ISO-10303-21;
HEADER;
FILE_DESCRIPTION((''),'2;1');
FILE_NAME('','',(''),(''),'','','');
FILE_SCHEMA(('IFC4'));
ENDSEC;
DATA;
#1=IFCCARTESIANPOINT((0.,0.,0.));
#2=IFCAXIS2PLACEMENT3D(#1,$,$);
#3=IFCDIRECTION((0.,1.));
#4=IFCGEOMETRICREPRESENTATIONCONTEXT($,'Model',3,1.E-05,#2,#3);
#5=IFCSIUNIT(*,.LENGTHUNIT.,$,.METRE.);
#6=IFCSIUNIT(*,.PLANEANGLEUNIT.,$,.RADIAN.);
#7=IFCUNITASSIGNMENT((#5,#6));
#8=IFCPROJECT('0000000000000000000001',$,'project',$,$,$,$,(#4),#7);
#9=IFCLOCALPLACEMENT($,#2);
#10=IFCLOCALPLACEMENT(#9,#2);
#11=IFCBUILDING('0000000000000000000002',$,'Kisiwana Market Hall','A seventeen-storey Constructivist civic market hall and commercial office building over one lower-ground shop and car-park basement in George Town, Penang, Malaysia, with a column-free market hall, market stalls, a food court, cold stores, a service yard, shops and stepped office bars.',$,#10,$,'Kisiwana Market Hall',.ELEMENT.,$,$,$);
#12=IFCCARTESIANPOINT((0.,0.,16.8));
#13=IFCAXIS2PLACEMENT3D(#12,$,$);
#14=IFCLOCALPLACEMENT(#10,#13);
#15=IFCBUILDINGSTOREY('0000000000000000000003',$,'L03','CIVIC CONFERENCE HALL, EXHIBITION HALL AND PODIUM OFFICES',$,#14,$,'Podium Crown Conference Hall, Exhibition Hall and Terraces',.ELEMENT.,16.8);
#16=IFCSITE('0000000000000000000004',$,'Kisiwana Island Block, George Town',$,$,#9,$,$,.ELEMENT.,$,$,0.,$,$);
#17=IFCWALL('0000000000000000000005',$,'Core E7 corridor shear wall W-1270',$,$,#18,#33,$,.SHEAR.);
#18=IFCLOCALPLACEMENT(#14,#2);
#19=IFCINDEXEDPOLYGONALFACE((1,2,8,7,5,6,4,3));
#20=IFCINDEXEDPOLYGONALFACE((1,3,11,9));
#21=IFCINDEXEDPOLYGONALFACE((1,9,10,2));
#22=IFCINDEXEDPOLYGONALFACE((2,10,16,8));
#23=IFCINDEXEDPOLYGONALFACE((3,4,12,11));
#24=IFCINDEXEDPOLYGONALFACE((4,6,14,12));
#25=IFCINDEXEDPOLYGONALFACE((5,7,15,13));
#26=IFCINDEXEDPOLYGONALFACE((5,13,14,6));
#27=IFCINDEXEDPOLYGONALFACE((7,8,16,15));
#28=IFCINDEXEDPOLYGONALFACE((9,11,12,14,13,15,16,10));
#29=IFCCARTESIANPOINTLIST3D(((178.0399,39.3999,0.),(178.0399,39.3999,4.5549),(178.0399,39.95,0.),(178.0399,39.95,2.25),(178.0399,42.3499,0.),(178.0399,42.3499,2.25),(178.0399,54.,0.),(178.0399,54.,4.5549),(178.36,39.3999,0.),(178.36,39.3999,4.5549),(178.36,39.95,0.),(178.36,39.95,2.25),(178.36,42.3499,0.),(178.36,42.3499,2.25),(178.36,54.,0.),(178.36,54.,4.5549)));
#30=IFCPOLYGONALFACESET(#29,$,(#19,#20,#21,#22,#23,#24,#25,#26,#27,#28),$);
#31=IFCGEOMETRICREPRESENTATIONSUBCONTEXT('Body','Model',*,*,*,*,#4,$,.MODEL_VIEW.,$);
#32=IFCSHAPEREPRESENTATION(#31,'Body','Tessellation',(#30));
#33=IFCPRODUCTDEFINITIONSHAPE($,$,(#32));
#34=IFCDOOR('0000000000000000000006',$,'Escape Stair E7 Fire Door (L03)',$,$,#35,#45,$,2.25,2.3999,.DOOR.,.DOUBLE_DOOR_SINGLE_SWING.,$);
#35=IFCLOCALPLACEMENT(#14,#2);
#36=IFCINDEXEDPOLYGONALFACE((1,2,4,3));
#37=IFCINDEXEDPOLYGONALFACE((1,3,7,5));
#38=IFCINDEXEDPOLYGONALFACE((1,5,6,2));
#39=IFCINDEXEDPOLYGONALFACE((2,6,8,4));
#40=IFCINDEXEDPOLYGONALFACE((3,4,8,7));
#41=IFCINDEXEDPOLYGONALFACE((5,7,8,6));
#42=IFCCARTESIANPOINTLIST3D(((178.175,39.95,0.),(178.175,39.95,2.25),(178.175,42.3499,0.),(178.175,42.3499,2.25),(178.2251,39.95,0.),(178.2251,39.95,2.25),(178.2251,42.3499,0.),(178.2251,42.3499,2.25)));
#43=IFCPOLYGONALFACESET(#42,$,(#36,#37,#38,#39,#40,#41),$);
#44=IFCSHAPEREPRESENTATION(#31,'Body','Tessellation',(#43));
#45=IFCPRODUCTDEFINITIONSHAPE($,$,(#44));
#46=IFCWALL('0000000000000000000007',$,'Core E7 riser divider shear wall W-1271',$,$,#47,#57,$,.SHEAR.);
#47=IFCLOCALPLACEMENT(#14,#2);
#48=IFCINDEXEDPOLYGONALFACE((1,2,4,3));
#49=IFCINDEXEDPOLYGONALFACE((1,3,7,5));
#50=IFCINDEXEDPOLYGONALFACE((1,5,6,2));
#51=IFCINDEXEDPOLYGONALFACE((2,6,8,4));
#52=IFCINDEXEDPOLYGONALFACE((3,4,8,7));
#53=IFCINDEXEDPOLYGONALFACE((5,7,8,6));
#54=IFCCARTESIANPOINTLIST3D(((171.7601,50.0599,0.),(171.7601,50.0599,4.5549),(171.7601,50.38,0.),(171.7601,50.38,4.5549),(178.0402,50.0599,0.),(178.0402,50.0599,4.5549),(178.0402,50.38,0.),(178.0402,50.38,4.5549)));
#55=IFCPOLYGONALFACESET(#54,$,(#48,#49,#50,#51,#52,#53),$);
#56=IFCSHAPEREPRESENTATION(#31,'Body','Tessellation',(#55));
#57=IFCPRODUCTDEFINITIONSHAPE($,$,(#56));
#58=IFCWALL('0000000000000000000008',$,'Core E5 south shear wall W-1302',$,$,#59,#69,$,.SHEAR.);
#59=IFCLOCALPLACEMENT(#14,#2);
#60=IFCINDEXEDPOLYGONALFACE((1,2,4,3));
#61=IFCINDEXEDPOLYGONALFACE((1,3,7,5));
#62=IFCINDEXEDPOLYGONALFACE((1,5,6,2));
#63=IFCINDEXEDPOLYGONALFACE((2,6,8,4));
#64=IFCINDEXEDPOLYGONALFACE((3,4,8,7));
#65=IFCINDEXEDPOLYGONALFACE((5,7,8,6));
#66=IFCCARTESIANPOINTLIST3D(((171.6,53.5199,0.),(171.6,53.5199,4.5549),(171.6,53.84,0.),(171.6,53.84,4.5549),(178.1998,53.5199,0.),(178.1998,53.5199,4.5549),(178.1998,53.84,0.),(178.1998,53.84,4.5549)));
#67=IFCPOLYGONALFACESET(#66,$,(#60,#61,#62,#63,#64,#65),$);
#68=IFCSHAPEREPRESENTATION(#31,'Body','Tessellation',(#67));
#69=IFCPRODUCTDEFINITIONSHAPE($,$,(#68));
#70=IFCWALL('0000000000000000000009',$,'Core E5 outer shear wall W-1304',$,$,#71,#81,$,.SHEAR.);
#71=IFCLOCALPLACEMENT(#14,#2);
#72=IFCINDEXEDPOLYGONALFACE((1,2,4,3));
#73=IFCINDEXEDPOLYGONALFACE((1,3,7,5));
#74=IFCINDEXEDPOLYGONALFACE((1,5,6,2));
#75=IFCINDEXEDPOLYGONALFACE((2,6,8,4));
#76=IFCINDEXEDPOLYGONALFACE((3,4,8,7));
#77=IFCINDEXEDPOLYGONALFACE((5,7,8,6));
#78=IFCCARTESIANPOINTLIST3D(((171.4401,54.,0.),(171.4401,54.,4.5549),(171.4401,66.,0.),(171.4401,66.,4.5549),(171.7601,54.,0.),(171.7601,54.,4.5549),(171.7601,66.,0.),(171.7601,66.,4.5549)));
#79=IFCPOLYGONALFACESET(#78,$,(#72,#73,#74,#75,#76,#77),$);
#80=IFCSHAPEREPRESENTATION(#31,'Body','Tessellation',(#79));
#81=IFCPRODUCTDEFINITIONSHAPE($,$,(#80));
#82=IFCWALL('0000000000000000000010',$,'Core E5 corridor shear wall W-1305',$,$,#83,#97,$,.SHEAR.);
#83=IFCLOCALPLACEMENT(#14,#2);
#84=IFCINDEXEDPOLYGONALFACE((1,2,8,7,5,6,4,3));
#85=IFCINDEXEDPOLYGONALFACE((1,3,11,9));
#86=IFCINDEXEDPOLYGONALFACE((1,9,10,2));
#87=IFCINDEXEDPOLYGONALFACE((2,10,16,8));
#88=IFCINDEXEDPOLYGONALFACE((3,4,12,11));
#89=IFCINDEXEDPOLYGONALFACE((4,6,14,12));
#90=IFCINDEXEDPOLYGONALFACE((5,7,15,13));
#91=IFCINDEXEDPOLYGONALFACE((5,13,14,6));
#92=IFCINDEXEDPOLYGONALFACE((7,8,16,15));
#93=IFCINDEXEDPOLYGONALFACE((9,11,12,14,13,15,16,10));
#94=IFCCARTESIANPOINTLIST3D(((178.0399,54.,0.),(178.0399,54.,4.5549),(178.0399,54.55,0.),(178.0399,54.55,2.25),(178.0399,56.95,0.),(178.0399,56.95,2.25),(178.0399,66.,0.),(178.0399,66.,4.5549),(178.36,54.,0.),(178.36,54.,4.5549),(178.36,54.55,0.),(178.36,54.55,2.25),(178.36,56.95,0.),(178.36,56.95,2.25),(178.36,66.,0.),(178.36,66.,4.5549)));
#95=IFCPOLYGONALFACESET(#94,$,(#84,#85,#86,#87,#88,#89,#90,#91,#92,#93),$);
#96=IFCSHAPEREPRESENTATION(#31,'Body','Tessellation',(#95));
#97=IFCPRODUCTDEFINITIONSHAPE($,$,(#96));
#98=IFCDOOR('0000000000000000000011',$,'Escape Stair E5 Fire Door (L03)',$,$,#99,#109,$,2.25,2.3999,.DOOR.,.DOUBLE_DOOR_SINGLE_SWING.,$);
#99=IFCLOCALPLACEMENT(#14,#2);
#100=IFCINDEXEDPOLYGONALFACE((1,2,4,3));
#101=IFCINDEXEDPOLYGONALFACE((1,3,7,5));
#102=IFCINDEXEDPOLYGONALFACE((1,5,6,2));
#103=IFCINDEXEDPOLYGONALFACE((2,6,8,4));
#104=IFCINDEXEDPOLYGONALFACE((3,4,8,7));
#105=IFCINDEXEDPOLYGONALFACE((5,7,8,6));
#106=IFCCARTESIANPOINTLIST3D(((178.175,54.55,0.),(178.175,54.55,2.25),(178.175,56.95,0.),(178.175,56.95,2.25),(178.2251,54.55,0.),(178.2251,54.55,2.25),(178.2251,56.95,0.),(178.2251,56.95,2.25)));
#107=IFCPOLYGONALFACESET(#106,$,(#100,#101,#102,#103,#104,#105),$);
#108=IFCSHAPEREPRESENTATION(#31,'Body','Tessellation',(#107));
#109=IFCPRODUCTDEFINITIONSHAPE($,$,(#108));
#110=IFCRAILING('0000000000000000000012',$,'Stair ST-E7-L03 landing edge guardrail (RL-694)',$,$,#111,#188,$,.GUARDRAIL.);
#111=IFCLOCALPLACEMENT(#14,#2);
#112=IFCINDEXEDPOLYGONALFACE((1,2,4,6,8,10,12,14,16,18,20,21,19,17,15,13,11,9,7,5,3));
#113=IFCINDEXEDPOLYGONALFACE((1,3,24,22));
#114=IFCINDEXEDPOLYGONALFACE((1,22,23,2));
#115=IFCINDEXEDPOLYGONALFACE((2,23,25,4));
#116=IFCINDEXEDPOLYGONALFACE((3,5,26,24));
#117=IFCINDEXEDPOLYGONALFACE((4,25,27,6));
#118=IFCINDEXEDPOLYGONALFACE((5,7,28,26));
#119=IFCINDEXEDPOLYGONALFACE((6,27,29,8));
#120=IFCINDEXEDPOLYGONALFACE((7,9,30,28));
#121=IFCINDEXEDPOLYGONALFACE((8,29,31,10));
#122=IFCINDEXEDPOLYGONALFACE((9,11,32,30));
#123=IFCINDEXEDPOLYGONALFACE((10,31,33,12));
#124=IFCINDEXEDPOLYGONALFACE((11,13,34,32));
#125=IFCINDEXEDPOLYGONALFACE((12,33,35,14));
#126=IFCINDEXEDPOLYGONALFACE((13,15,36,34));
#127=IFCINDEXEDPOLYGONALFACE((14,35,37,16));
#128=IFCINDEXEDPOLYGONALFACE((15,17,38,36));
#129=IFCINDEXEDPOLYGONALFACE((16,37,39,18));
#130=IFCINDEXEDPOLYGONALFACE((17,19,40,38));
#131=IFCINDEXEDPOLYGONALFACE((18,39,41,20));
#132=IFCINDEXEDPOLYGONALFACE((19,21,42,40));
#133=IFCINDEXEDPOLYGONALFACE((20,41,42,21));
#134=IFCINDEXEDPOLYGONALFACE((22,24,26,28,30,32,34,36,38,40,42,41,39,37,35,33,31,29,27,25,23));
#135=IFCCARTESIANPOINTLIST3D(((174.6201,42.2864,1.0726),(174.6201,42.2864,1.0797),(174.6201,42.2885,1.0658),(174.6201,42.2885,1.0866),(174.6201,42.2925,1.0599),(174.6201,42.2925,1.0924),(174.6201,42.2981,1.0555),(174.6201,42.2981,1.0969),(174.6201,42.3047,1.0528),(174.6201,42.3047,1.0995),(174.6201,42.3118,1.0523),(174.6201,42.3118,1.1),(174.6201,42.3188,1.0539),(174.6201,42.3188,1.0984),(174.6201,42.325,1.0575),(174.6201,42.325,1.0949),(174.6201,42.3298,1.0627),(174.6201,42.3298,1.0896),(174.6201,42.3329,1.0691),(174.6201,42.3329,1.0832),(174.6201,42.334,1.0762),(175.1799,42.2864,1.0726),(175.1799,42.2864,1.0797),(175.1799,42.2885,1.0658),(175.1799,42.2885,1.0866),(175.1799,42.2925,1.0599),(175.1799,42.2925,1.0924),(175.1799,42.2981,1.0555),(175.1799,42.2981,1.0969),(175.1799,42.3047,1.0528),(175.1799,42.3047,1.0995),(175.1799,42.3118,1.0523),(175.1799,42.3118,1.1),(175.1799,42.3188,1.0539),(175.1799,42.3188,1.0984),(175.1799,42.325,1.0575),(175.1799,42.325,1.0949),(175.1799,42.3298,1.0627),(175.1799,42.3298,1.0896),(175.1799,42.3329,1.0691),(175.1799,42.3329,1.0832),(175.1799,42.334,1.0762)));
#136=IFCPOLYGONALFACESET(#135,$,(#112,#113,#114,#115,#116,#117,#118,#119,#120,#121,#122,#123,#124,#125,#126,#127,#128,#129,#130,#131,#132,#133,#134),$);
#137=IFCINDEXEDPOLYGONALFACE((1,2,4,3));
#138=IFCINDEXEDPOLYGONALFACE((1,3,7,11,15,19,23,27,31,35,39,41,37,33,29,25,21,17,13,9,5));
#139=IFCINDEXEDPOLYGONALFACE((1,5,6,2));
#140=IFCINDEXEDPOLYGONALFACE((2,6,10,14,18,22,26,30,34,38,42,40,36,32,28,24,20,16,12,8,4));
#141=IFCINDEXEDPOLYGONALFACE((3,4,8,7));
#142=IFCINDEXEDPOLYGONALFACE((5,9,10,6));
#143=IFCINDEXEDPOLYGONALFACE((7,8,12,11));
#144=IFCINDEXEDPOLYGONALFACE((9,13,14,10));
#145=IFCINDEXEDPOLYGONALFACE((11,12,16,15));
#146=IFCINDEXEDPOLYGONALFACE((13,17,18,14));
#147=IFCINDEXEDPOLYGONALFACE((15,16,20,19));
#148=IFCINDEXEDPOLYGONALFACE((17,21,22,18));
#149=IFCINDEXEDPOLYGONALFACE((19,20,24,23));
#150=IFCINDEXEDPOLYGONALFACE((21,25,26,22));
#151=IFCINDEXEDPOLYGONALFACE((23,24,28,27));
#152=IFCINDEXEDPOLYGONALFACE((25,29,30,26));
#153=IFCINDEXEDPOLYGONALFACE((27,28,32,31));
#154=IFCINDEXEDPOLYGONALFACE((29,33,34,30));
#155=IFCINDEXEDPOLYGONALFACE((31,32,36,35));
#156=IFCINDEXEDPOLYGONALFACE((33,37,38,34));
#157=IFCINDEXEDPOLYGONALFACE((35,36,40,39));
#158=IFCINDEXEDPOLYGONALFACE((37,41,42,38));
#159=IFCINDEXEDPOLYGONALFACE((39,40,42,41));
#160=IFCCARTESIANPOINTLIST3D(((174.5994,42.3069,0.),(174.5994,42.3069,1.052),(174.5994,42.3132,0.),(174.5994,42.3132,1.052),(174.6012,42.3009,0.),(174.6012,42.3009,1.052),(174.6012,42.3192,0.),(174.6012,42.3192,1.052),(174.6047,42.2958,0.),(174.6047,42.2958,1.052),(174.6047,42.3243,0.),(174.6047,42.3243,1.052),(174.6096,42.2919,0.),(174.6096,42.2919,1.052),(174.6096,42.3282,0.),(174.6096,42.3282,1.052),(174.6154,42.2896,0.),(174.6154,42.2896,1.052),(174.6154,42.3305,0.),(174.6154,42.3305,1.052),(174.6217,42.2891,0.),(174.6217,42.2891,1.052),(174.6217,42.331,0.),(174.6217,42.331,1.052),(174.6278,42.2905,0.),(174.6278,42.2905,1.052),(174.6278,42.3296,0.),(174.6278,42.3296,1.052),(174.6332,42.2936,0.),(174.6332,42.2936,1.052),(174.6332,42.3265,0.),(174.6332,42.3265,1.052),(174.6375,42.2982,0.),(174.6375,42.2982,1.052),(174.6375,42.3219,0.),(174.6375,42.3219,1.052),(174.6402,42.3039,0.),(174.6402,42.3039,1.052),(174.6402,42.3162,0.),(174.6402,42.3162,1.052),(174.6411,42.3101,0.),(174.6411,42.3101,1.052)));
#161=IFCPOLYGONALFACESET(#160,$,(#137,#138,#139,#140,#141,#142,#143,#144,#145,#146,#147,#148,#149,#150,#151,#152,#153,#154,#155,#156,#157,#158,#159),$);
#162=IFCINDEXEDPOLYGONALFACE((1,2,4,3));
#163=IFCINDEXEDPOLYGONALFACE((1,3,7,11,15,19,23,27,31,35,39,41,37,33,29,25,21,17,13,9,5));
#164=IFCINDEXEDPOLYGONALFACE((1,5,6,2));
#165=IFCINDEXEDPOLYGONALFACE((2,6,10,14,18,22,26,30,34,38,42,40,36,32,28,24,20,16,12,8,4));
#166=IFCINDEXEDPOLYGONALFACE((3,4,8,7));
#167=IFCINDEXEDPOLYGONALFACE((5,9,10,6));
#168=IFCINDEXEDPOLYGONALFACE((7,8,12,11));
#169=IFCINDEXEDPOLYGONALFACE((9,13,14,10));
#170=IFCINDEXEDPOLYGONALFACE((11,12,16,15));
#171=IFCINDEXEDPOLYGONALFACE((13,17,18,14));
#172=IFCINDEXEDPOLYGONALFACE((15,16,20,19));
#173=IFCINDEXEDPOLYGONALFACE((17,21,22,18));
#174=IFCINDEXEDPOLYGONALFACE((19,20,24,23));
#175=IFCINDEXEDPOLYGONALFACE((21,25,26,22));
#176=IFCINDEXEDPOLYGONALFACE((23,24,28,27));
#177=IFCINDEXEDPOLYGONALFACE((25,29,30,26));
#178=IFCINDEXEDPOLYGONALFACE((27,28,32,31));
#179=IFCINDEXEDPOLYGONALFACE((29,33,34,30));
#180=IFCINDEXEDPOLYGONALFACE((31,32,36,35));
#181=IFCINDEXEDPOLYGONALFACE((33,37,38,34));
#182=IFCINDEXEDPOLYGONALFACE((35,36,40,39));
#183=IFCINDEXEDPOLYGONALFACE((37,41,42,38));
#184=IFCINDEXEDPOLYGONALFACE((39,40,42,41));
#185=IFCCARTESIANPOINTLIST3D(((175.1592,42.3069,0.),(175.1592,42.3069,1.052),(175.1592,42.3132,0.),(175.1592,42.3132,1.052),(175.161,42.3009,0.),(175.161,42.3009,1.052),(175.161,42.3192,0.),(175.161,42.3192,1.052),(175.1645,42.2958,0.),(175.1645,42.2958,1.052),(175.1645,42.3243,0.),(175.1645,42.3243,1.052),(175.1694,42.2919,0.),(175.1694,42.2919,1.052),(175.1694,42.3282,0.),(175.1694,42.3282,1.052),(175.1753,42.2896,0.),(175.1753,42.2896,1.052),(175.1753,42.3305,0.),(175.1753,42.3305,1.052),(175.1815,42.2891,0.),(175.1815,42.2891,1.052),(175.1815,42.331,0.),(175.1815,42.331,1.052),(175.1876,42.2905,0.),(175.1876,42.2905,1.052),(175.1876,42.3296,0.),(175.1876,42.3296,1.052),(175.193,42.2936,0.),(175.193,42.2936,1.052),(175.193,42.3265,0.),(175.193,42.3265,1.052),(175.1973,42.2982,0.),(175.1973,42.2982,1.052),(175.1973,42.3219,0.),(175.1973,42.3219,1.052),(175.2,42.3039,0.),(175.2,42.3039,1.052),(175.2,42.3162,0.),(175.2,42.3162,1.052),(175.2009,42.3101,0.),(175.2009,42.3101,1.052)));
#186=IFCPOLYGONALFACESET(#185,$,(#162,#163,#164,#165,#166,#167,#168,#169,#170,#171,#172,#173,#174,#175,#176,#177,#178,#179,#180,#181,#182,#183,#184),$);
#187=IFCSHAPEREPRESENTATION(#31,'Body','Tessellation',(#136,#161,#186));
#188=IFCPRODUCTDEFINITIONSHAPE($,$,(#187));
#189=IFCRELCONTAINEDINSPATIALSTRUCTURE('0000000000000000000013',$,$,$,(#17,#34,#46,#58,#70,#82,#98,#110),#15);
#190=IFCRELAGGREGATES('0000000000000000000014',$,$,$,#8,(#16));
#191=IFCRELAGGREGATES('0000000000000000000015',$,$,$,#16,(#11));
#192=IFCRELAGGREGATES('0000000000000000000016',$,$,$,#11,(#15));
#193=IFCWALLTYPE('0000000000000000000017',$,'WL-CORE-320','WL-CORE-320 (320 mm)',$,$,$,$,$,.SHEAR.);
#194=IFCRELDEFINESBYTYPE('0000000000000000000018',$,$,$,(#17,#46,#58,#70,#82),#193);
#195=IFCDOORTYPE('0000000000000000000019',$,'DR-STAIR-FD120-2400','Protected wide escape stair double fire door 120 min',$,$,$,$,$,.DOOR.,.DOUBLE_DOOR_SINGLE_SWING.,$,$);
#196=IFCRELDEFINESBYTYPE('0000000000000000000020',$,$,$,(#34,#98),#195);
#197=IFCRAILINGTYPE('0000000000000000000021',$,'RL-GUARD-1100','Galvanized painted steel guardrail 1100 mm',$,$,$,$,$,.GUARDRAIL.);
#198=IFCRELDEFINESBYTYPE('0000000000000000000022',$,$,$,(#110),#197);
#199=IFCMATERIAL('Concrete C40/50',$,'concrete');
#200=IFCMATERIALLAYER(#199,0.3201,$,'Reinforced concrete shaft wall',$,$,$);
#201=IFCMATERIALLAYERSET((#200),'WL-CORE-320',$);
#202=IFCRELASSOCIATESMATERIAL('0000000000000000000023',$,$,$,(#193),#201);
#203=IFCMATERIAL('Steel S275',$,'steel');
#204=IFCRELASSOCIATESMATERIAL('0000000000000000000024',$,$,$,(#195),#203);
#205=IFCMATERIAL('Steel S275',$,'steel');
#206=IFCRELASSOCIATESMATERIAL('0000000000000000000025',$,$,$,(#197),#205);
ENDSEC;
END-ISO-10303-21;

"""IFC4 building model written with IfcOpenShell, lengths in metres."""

from ifc_helpers import new_model, si_unit, direction, frame, frame_2d, origin, origin_2d, place, context, subcontext, project, spatial, rectangle, circle, extrude, material, layer, layer_set, type_object, element, fill, save


model = new_model("IFC4")

# Units and contexts
model_context = context("Model", 3, precision=1e-05, world=origin(), true_north=direction((0.0, 1.0)))
body_context = subcontext(model_context, "Body", "Model", "MODEL_VIEW")
ifc_project = project(units=[si_unit("LENGTHUNIT", "METRE"), si_unit("PLANEANGLEUNIT", "RADIAN")], contexts=[model_context])

# Site, building, storey
site_placement = place(None, origin())
site = spatial("IfcSite", under=ifc_project, at=site_placement, Name="Kisiwana Island Block, George Town", CompositionType="ELEMENT", RefElevation=0.0)
building_placement = place(site_placement, origin())
building = spatial("IfcBuilding", under=site, at=building_placement, Name="Kisiwana Market Hall", Description="A seventeen-storey Constructivist civic market hall and commercial office building over one lower-ground shop and car-park basement in George Town, Penang, Malaysia, with a column-free market hall, market stalls, a food court, cold stores, a service yard, shops and stepped office bars.", LongName="Kisiwana Market Hall", CompositionType="ELEMENT")
storey_placement = place(building_placement, frame((0.0, 0.0, 16.8)))
storey = spatial("IfcBuildingStorey", under=building, at=storey_placement, Name="L03", Description="CIVIC CONFERENCE HALL, EXHIBITION HALL AND PODIUM OFFICES", LongName="Podium Crown Conference Hall, Exhibition Hall and Terraces", CompositionType="ELEMENT", Elevation=16.8)

# Shared definitions
ifc_material_1 = material(Name="Concrete C40/50", Category="concrete")
ifc_layer = layer(ifc_material_1, 0.3201, Name="Reinforced concrete shaft wall")
ifc_layer_set = layer_set([ifc_layer], Name="WL-CORE-320")
wall_type = type_object("IfcWallType", Name="WL-CORE-320", Description="WL-CORE-320 (320 mm)", PredefinedType="SHEAR", material=ifc_layer_set)

# Shared definitions
ifc_material_2 = material(Name="Steel S275", Category="steel")
door_type = type_object("IfcDoorType", Name="DR-STAIR-FD120-2400", Description="Protected wide escape stair double fire door 120 min", OperationType="DOUBLE_DOOR_SINGLE_SWING", PredefinedType="DOOR", material=ifc_material_2)

# Wall, opening, door
wall_1_placement = place(storey_placement, frame((178.2, 39.3999, 0.0), z_axis=(0.0, 0.0, 1.0), x_axis=(0.0, 1.0, 0.0)))
wall_1 = element("IfcWall", 1, at=wall_1_placement, inside=storey, type_object=wall_type, Name="Core E7 corridor shear wall W-1270", PredefinedType="SHEAR", context=body_context, shape_type="SweptSolid", body=[
    extrude(rectangle(XDim=14.6001, YDim=0.3201, at=frame_2d((7.3, 0.0))), origin(), (0.0, 0.0, 1.0), 4.5549),
])
opening_1_placement = place(wall_1_placement, frame((0.55, 0.0, 0.0)))
opening_1 = element("IfcOpeningElement", 2, at=opening_1_placement, cuts=wall_1, PredefinedType="OPENING", context=body_context, shape_type="SweptSolid", body=[
    extrude(rectangle(XDim=2.3999, YDim=2.25, at=frame_2d((1.2, 1.125))), frame((0.0, 0.1719, 0.0), z_axis=(0.0, -1.0, 0.0), x_axis=(1.0, 0.0, 0.0)), (0.0, 0.0, 1.0), 0.344),
])
door_1_placement = place(opening_1_placement, origin())
door_1 = element("IfcDoor", 3, at=door_1_placement, inside=storey, type_object=door_type, Name="Escape Stair E7 Fire Door (L03)", OperationType="DOUBLE_DOOR_SINGLE_SWING", OverallHeight=2.25, OverallWidth=2.3999, PredefinedType="DOOR", context=body_context, shape_type="SweptSolid", body=[
    extrude(rectangle(XDim=2.3999, YDim=2.25, at=frame_2d((1.2, 1.125))), frame((0.0, 0.0249, 0.0), z_axis=(0.0, -1.0, 0.0), x_axis=(1.0, 0.0, 0.0)), (0.0, 0.0, 1.0), 0.05),
])
fill(opening_1, door_1)

# Walls
wall_2_placement = place(storey_placement, frame((171.76, 50.22, 0.0), z_axis=(0.0, 0.0, 1.0), x_axis=(1.0, 0.0, 0.0)))
element("IfcWall", 4, at=wall_2_placement, inside=storey, type_object=wall_type, Name="Core E7 riser divider shear wall W-1271", PredefinedType="SHEAR", context=body_context, shape_type="SweptSolid", body=[
    extrude(rectangle(XDim=6.28, YDim=0.3201, at=frame_2d((3.1401, 0.0))), origin(), (0.0, 0.0, 1.0), 4.5549),
])
wall_3_placement = place(storey_placement, frame((171.6001, 53.6799, 0.0), z_axis=(0.0, 0.0, 1.0), x_axis=(1.0, 0.0, 0.0)))
element("IfcWall", 5, at=wall_3_placement, inside=storey, type_object=wall_type, Name="Core E5 south shear wall W-1302", PredefinedType="SHEAR", context=body_context, shape_type="SweptSolid", body=[
    extrude(rectangle(XDim=6.5999, YDim=0.3201, at=frame_2d((3.2998, 0.0))), origin(), (0.0, 0.0, 1.0), 4.5549),
])
wall_4_placement = place(storey_placement, frame((171.6001, 54.0, 0.0), z_axis=(0.0, 0.0, 1.0), x_axis=(0.0, 1.0, 0.0)))
element("IfcWall", 6, at=wall_4_placement, inside=storey, type_object=wall_type, Name="Core E5 outer shear wall W-1304", PredefinedType="SHEAR", context=body_context, shape_type="SweptSolid", body=[
    extrude(rectangle(XDim=12.0, YDim=0.3201, at=frame_2d((6.0, 0.0))), origin(), (0.0, 0.0, 1.0), 4.5549),
])

# Wall, opening, door
wall_5_placement = place(storey_placement, frame((178.2, 54.0, 0.0), z_axis=(0.0, 0.0, 1.0), x_axis=(0.0, 1.0, 0.0)))
wall_5 = element("IfcWall", 7, at=wall_5_placement, inside=storey, type_object=wall_type, Name="Core E5 corridor shear wall W-1305", PredefinedType="SHEAR", context=body_context, shape_type="SweptSolid", body=[
    extrude(rectangle(XDim=12.0, YDim=0.3201, at=frame_2d((6.0, 0.0))), origin(), (0.0, 0.0, 1.0), 4.5549),
])
opening_2_placement = place(wall_5_placement, frame((0.55, 0.0, 0.0)))
opening_2 = element("IfcOpeningElement", 8, at=opening_2_placement, cuts=wall_5, PredefinedType="OPENING", context=body_context, shape_type="SweptSolid", body=[
    extrude(rectangle(XDim=2.3999, YDim=2.25, at=frame_2d((1.2, 1.125))), frame((0.0, 0.1719, 0.0), z_axis=(0.0, -1.0, 0.0), x_axis=(1.0, 0.0, 0.0)), (0.0, 0.0, 1.0), 0.344),
])
door_2_placement = place(opening_2_placement, origin())
door_2 = element("IfcDoor", 9, at=door_2_placement, inside=storey, type_object=door_type, Name="Escape Stair E5 Fire Door (L03)", OperationType="DOUBLE_DOOR_SINGLE_SWING", OverallHeight=2.25, OverallWidth=2.3999, PredefinedType="DOOR", context=body_context, shape_type="SweptSolid", body=[
    extrude(rectangle(XDim=2.3999, YDim=2.25, at=frame_2d((1.2, 1.125))), frame((0.0, 0.0249, 0.0), z_axis=(0.0, -1.0, 0.0), x_axis=(1.0, 0.0, 0.0)), (0.0, 0.0, 1.0), 0.05),
])
fill(opening_2, door_2)

# Railing
ifc_material_3 = material(Name="Steel S275", Category="steel")
railing_type_1 = type_object("IfcRailingType", Name="RL-GUARD-1100", Description="Galvanized painted steel guardrail 1100 mm", PredefinedType="GUARDRAIL", material=ifc_material_3)
railing_1_placement = place(storey_placement, frame((174.6201, 42.3101, 0.0)))
element("IfcRailing", 10, at=railing_1_placement, inside=storey, type_object=railing_type_1, Name="Stair ST-E7-L03 landing edge guardrail (RL-694)", PredefinedType="GUARDRAIL", context=body_context, shape_type="SweptSolid", body=[
    extrude(circle(Radius=0.0239, at=origin_2d()), frame((0.0, 0.0, 1.0762), z_axis=(1.0, 0.0, 0.0), x_axis=(0.0, 1.0, 0.0)), (0.0, 0.0, 1.0), 0.5598),
    extrude(circle(Radius=0.021, at=origin_2d()), origin(), (0.0, 0.0, 1.0), 1.052),
    extrude(circle(Radius=0.021, at=origin_2d()), frame((0.5598, 0.0, 0.0)), (0.0, 0.0, 1.0), 1.052),
])

save(model, "model.ifc")
